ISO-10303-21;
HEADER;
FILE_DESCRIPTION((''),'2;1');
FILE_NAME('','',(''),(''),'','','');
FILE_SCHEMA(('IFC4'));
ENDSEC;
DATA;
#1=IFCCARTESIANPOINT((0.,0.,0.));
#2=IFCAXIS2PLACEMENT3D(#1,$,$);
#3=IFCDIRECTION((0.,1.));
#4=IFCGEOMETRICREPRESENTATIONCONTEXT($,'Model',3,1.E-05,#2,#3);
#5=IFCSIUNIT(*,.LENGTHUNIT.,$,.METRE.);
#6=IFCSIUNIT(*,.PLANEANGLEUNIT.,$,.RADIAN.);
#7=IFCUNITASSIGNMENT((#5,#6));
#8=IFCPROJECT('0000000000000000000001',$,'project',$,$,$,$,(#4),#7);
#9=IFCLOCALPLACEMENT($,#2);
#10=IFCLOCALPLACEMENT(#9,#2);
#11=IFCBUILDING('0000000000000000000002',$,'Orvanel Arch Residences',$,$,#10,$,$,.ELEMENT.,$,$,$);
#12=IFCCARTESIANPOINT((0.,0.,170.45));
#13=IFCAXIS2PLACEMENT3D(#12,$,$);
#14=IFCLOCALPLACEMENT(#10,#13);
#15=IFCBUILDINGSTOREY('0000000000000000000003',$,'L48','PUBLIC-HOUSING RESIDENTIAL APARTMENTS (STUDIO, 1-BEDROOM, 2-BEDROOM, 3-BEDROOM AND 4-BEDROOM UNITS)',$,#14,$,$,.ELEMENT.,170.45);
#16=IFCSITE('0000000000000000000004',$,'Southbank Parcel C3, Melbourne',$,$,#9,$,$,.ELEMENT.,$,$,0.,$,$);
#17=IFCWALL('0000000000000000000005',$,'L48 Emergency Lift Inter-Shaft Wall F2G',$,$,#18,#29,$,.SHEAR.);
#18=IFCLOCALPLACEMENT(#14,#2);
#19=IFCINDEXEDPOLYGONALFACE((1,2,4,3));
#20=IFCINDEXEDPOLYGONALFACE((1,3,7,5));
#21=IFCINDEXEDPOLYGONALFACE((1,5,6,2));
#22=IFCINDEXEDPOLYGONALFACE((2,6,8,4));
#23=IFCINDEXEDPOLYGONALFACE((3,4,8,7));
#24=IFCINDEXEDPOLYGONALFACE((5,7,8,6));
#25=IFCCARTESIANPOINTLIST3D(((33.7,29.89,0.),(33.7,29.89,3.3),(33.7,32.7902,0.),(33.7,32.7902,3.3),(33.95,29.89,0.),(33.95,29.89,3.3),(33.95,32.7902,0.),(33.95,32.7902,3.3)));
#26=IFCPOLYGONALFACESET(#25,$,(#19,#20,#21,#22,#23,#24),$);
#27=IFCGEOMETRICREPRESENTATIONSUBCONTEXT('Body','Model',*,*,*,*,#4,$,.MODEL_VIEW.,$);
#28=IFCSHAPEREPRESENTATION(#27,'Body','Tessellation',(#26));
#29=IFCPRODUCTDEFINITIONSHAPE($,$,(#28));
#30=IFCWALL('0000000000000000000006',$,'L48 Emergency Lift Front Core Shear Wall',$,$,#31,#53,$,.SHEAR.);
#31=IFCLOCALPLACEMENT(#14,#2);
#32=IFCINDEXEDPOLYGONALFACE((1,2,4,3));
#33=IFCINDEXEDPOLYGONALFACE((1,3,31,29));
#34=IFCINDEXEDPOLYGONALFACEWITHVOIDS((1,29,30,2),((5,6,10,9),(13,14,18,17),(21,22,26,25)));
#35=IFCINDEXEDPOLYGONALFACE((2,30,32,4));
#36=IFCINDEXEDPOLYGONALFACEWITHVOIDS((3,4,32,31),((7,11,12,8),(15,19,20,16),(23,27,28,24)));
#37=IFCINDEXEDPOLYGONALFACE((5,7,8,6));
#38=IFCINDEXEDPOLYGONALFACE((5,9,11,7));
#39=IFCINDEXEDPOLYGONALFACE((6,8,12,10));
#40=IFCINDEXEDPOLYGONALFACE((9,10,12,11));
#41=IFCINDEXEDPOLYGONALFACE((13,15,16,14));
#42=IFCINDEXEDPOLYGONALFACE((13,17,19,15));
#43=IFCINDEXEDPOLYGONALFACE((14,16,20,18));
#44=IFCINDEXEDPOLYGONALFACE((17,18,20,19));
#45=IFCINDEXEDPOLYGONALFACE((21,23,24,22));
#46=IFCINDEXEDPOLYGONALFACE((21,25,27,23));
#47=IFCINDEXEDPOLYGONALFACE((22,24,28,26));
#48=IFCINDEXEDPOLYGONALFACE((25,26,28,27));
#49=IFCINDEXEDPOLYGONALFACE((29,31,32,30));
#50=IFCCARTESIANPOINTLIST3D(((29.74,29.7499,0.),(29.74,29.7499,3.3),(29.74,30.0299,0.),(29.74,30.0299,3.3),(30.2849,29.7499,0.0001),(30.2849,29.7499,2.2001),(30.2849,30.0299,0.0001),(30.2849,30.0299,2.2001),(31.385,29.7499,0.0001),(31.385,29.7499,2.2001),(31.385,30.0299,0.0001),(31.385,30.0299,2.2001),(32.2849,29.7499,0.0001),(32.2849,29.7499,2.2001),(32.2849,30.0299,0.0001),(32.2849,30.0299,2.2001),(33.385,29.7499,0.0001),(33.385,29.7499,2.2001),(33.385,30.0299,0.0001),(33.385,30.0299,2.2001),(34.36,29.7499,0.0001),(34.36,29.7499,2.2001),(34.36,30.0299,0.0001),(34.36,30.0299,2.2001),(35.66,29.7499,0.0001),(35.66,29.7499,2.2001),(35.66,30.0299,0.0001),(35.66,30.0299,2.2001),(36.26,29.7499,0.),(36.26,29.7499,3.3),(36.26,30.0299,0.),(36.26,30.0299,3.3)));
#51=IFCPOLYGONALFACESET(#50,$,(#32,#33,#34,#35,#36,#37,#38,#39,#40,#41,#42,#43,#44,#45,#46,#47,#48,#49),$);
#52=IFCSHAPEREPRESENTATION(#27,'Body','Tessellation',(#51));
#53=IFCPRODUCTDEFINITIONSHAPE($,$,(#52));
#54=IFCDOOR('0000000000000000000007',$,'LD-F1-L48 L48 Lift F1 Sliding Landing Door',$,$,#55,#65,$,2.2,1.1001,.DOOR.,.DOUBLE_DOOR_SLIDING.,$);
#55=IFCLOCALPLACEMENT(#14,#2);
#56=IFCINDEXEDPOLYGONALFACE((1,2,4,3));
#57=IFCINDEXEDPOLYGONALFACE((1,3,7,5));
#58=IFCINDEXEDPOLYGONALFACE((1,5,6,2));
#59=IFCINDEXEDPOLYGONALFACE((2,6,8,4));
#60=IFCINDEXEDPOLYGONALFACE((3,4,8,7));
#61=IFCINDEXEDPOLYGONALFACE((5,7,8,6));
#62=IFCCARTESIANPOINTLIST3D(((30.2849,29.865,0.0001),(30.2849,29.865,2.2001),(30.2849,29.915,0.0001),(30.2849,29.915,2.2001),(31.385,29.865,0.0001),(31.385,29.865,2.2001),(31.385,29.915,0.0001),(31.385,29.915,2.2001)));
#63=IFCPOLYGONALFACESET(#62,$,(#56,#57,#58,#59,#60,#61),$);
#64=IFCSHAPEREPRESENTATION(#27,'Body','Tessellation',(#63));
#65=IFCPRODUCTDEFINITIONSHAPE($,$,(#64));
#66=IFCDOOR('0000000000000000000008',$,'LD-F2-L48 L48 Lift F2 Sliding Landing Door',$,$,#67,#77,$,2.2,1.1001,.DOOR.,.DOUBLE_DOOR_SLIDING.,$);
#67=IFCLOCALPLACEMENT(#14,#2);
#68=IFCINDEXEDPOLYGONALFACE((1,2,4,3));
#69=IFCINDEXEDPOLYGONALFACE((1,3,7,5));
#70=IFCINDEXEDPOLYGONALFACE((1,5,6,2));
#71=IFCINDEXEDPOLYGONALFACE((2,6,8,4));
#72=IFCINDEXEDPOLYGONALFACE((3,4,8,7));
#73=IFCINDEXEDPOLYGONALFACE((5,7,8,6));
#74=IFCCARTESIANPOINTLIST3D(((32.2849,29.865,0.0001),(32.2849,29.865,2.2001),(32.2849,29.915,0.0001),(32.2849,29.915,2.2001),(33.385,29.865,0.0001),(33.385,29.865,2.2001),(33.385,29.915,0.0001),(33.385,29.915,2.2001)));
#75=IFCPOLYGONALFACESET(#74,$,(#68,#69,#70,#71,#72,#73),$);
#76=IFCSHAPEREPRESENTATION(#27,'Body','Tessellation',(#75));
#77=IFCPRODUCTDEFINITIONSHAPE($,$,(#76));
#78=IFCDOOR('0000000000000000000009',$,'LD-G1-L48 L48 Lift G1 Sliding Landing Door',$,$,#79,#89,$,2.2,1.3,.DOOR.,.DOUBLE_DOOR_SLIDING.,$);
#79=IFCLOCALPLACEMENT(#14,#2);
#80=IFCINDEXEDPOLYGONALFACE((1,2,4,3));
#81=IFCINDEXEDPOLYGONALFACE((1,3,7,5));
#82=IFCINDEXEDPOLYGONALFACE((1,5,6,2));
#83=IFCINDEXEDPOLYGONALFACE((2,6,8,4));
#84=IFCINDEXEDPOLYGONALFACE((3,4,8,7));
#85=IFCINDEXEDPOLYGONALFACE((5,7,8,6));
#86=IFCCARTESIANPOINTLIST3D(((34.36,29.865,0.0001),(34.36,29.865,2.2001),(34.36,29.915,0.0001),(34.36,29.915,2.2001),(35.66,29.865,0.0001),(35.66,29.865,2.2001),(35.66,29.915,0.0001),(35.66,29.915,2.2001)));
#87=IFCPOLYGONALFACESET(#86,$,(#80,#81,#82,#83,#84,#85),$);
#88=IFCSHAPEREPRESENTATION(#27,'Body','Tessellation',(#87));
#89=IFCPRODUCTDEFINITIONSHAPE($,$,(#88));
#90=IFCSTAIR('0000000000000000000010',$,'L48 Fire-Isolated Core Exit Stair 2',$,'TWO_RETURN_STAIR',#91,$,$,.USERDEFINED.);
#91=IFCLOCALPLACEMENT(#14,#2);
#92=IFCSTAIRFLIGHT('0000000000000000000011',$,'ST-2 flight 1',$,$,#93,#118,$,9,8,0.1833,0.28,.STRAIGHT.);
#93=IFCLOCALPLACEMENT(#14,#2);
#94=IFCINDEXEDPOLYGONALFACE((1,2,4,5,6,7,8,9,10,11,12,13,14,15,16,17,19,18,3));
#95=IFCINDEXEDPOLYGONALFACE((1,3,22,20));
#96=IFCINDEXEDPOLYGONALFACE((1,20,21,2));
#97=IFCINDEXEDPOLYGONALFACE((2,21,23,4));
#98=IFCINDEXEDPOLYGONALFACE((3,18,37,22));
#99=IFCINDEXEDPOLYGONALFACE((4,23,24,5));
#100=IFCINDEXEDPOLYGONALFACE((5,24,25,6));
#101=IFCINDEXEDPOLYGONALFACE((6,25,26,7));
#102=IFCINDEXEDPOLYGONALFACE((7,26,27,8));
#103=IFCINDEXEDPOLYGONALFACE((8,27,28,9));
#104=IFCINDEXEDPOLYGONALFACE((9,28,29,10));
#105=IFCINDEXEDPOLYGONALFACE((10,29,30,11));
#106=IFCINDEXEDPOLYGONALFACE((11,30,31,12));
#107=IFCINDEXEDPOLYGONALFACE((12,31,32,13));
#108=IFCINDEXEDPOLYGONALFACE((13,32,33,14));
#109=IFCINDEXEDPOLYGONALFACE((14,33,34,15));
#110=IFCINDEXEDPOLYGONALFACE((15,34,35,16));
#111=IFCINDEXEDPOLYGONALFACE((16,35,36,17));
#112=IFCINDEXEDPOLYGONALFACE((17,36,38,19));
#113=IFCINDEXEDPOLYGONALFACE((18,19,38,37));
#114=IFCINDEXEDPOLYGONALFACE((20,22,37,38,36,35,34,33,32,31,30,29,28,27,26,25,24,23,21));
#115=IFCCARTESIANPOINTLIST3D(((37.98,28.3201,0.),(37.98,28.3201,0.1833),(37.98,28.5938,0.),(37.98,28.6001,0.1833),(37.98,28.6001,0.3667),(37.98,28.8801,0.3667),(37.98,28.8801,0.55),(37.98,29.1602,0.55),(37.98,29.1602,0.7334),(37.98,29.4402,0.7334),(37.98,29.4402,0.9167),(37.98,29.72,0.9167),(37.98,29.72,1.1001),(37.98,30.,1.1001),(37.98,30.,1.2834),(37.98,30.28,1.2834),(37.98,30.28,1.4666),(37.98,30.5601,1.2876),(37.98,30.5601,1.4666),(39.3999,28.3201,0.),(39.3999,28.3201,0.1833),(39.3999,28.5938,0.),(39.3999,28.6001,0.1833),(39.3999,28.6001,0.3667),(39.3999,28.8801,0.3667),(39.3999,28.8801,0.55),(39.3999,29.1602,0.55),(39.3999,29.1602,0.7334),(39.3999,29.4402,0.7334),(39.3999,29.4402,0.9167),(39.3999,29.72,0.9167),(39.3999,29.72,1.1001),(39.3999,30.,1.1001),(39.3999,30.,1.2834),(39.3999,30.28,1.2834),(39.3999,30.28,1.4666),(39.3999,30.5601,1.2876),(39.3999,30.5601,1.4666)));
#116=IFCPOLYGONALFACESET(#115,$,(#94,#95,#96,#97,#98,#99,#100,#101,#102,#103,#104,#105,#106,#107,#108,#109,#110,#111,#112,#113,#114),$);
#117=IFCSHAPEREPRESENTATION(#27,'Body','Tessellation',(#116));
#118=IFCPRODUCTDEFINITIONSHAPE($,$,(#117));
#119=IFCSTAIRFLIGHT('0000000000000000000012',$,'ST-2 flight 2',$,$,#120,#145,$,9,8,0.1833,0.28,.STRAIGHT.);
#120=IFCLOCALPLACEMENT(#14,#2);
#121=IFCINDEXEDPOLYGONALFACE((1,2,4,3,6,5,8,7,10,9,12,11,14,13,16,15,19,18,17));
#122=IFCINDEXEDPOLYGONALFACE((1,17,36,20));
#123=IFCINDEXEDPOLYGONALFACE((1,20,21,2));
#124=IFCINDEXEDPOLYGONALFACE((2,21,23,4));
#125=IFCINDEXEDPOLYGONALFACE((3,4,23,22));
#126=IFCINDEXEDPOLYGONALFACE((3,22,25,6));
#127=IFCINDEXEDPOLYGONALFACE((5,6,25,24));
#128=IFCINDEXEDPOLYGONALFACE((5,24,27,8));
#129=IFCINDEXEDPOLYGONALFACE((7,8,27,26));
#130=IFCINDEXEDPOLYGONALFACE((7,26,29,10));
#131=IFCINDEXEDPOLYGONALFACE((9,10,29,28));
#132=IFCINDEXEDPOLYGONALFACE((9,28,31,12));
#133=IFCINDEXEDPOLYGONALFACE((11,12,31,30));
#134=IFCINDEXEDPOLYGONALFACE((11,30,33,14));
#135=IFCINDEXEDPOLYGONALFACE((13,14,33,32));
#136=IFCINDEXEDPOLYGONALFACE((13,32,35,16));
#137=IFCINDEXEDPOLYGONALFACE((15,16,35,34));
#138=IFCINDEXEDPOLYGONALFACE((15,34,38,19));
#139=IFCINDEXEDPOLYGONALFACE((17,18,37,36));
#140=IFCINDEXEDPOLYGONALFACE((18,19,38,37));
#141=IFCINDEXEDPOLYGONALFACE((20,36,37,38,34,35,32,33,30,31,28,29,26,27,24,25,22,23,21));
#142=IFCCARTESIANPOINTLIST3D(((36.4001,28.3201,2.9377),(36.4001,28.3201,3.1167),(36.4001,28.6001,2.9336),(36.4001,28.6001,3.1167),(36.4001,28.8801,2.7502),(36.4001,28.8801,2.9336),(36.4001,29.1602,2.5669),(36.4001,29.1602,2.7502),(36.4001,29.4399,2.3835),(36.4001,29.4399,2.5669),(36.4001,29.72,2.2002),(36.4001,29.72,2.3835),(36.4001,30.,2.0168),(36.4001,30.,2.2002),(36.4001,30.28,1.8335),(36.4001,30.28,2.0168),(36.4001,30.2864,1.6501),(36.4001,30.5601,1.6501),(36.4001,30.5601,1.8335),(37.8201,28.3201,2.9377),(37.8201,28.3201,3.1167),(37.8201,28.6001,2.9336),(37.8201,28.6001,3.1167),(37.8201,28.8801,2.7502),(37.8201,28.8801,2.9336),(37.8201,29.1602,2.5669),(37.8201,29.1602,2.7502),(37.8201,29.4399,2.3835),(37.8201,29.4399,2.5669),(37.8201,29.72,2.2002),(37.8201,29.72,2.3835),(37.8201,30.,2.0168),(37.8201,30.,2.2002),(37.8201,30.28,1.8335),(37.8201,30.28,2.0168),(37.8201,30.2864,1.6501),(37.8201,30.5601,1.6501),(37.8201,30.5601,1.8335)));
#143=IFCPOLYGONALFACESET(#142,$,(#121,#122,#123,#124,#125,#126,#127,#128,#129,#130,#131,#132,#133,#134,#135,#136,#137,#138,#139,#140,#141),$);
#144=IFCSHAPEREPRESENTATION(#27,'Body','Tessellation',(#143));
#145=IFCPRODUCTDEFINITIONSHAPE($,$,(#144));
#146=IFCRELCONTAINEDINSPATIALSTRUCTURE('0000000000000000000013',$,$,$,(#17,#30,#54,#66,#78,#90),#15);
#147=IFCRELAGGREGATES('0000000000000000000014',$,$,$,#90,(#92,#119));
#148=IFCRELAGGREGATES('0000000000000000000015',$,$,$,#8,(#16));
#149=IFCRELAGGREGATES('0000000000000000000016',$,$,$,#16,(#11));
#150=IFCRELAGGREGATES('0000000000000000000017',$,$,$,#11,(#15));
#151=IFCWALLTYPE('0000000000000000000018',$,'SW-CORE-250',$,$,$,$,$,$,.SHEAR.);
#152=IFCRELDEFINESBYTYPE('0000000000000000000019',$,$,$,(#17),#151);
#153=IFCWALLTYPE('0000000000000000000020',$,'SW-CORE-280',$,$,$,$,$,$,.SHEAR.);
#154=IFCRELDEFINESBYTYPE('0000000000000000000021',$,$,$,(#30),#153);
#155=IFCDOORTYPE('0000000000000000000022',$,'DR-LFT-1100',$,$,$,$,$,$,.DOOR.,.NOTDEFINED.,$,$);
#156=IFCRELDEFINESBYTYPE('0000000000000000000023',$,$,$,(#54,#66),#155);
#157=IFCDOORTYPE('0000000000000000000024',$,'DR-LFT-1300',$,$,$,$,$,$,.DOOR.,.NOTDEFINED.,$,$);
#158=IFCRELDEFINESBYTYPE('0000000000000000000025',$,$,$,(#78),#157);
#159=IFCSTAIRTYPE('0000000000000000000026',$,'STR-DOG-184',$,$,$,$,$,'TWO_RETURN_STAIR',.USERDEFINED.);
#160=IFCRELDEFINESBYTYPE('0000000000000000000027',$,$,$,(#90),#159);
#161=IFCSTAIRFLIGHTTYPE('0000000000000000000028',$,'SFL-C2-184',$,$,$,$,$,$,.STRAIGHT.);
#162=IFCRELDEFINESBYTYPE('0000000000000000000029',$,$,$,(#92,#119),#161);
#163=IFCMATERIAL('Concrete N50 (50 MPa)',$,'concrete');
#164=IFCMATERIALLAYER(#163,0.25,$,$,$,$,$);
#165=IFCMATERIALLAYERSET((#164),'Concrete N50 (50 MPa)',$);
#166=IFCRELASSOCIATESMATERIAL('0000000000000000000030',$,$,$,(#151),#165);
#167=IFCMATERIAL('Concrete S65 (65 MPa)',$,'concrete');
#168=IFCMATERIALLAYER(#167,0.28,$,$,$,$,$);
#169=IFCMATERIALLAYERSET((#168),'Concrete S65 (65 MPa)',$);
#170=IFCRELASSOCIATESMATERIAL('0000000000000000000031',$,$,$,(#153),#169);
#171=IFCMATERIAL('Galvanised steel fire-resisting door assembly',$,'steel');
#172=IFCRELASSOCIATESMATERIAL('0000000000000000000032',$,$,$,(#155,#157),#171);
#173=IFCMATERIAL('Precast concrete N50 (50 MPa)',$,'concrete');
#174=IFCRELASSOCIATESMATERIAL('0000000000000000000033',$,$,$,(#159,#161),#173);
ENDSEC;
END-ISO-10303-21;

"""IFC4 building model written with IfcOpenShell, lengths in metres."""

from ifc_helpers import new_model, si_unit, direction, frame, frame_2d, origin, place, context, subcontext, project, spatial, polyline, rectangle, outline, extrude, material, layer, layer_set, type_object, element, fill, aggregate, save


model = new_model("IFC4")

# Units and contexts
model_context = context("Model", 3, precision=1e-05, world=origin(), true_north=direction((0.0, 1.0)))
body_context = subcontext(model_context, "Body", "Model", "MODEL_VIEW")
ifc_project = project(units=[si_unit("LENGTHUNIT", "METRE"), si_unit("PLANEANGLEUNIT", "RADIAN")], contexts=[model_context])

# Site, building, storey
site_placement = place(None, origin())
site = spatial("IfcSite", under=ifc_project, at=site_placement, Name="Southbank Parcel C3, Melbourne", CompositionType="ELEMENT", RefElevation=0.0)
building_placement = place(site_placement, origin())
building = spatial("IfcBuilding", under=site, at=building_placement, Name="Orvanel Arch Residences", CompositionType="ELEMENT")
storey_placement = place(building_placement, frame((0.0, 0.0, 170.45)))
storey = spatial("IfcBuildingStorey", under=building, at=storey_placement, Name="L48", Description="PUBLIC-HOUSING RESIDENTIAL APARTMENTS (STUDIO, 1-BEDROOM, 2-BEDROOM, 3-BEDROOM AND 4-BEDROOM UNITS)", CompositionType="ELEMENT", Elevation=170.45)

# Wall
ifc_material_1 = material(Name="Concrete N50 (50 MPa)", Category="concrete")
ifc_layer_1 = layer(ifc_material_1, 0.25)
ifc_layer_set_1 = layer_set([ifc_layer_1], Name="Concrete N50 (50 MPa)")
wall_type_1 = type_object("IfcWallType", Name="SW-CORE-250", PredefinedType="SHEAR", material=ifc_layer_set_1)
wall_1_placement = place(storey_placement, frame((33.825, 29.8899, 0.0), z_axis=(0.0, 0.0, 1.0), x_axis=(0.0, 1.0, 0.0)))
element("IfcWall", 1, at=wall_1_placement, inside=storey, type_object=wall_type_1, Name="L48 Emergency Lift Inter-Shaft Wall F2G", PredefinedType="SHEAR", context=body_context, shape_type="SweptSolid", body=[
    extrude(rectangle(XDim=2.9001, YDim=0.25, at=frame_2d((1.4502, 0.0))), origin(), (0.0, 0.0, 1.0), 3.3),
])

# Wall, openings, doors
ifc_material_2 = material(Name="Concrete S65 (65 MPa)", Category="concrete")
ifc_layer_2 = layer(ifc_material_2, 0.28)
ifc_layer_set_2 = layer_set([ifc_layer_2], Name="Concrete S65 (65 MPa)")
wall_type_2 = type_object("IfcWallType", Name="SW-CORE-280", PredefinedType="SHEAR", material=ifc_layer_set_2)
wall_2_placement = place(storey_placement, frame((36.26, 29.8899, 0.0), z_axis=(0.0, 0.0, 1.0), x_axis=(-1.0, 0.0, 0.0)))
wall_2 = element("IfcWall", 2, at=wall_2_placement, inside=storey, type_object=wall_type_2, Name="L48 Emergency Lift Front Core Shear Wall", PredefinedType="SHEAR", context=body_context, shape_type="SweptSolid", body=[
    extrude(rectangle(XDim=6.52, YDim=0.28, at=frame_2d((3.26, 0.0))), origin(), (0.0, 0.0, 1.0), 3.3),
])
opening_1_placement = place(wall_2_placement, frame((4.875, 0.0, 0.0)))
opening_1 = element("IfcOpeningElement", 3, at=opening_1_placement, cuts=wall_2, PredefinedType="OPENING", context=body_context, shape_type="SweptSolid", body=[
    extrude(rectangle(XDim=1.1001, YDim=2.2, at=frame_2d((0.55, 1.1001))), frame((0.0, 0.1499, 0.0), z_axis=(0.0, -1.0, 0.0), x_axis=(1.0, 0.0, 0.0)), (0.0, 0.0, 1.0), 0.3),
])
opening_2_placement = place(wall_2_placement, frame((2.875, 0.0, 0.0)))
opening_2 = element("IfcOpeningElement", 4, at=opening_2_placement, cuts=wall_2, PredefinedType="OPENING", context=body_context, shape_type="SweptSolid", body=[
    extrude(rectangle(XDim=1.1001, YDim=2.2, at=frame_2d((0.55, 1.1001))), frame((0.0, 0.1499, 0.0), z_axis=(0.0, -1.0, 0.0), x_axis=(1.0, 0.0, 0.0)), (0.0, 0.0, 1.0), 0.3),
])
opening_3_placement = place(wall_2_placement, frame((0.6001, 0.0, 0.0)))
opening_3 = element("IfcOpeningElement", 5, at=opening_3_placement, cuts=wall_2, PredefinedType="OPENING", context=body_context, shape_type="SweptSolid", body=[
    extrude(rectangle(XDim=1.3, YDim=2.2, at=frame_2d((0.6499, 1.1001))), frame((0.0, 0.1499, 0.0), z_axis=(0.0, -1.0, 0.0), x_axis=(1.0, 0.0, 0.0)), (0.0, 0.0, 1.0), 0.3),
])
ifc_material_3 = material(Name="Galvanised steel fire-resisting door assembly", Category="steel")
door_type_1 = type_object("IfcDoorType", Name="DR-LFT-1100", OperationType="NOTDEFINED", PredefinedType="DOOR", material=ifc_material_3)
door_1_placement = place(opening_1_placement, origin())
door_1 = element("IfcDoor", 6, at=door_1_placement, inside=storey, type_object=door_type_1, Name="LD-F1-L48 L48 Lift F1 Sliding Landing Door", OperationType="DOUBLE_DOOR_SLIDING", OverallHeight=2.2, OverallWidth=1.1001, PredefinedType="DOOR", context=body_context, shape_type="SweptSolid", body=[
    extrude(rectangle(XDim=1.1001, YDim=2.2, at=frame_2d((0.55, 1.1001))), frame((0.0, 0.0249, 0.0), z_axis=(0.0, -1.0, 0.0), x_axis=(1.0, 0.0, 0.0)), (0.0, 0.0, 1.0), 0.05),
])
fill(opening_1, door_1)
door_2_placement = place(opening_2_placement, origin())
door_2 = element("IfcDoor", 7, at=door_2_placement, inside=storey, type_object=door_type_1, Name="LD-F2-L48 L48 Lift F2 Sliding Landing Door", OperationType="DOUBLE_DOOR_SLIDING", OverallHeight=2.2, OverallWidth=1.1001, PredefinedType="DOOR", context=body_context, shape_type="SweptSolid", body=[
    extrude(rectangle(XDim=1.1001, YDim=2.2, at=frame_2d((0.55, 1.1001))), frame((0.0, 0.0249, 0.0), z_axis=(0.0, -1.0, 0.0), x_axis=(1.0, 0.0, 0.0)), (0.0, 0.0, 1.0), 0.05),
])
fill(opening_2, door_2)
door_type_2 = type_object("IfcDoorType", Name="DR-LFT-1300", OperationType="NOTDEFINED", PredefinedType="DOOR", material=ifc_material_3)
door_3_placement = place(opening_3_placement, origin())
door_3 = element("IfcDoor", 8, at=door_3_placement, inside=storey, type_object=door_type_2, Name="LD-G1-L48 L48 Lift G1 Sliding Landing Door", OperationType="DOUBLE_DOOR_SLIDING", OverallHeight=2.2, OverallWidth=1.3, PredefinedType="DOOR", context=body_context, shape_type="SweptSolid", body=[
    extrude(rectangle(XDim=1.3, YDim=2.2, at=frame_2d((0.6499, 1.1001))), frame((0.0, 0.0249, 0.0), z_axis=(0.0, -1.0, 0.0), x_axis=(1.0, 0.0, 0.0)), (0.0, 0.0, 1.0), 0.05),
])
fill(opening_3, door_3)

# Stair, stair flights
ifc_material_4 = material(Name="Precast concrete N50 (50 MPa)", Category="concrete")
stair_type = type_object("IfcStairType", Name="STR-DOG-184", ElementType="TWO_RETURN_STAIR", PredefinedType="USERDEFINED", material=ifc_material_4)
stair_placement = place(storey_placement, origin())
stair = element("IfcStair", 9, at=stair_placement, inside=storey, type_object=stair_type, Name="L48 Fire-Isolated Core Exit Stair 2", ObjectType="TWO_RETURN_STAIR", PredefinedType="USERDEFINED")
stair_flight_type = type_object("IfcStairFlightType", Name="SFL-C2-184", PredefinedType="STRAIGHT", material=ifc_material_4)
stair_flight_1_placement = place(storey_placement, frame((38.6899, 28.3201, 0.0), z_axis=(0.0, 0.0, 1.0), x_axis=(0.0, 1.0, 0.0)))
stair_flight_1 = element("IfcStairFlight", 10, at=stair_flight_1_placement, type_object=stair_flight_type, Name="ST-2 flight 1", NumberOfRisers=9, NumberOfTreads=8, PredefinedType="STRAIGHT", RiserHeight=0.1833, TreadLength=0.28, context=body_context, shape_type="SweptSolid", body=[
    extrude(outline(polyline([(0.0, 0.0), (0.0, 0.1833), (0.28, 0.1833), (0.28, 0.3667), (0.5601, 0.3667), (0.5601, 0.55), (0.8401, 0.55), (0.8401, 0.7334), (1.1201, 0.7334), (1.1201, 0.9167), (1.3999, 0.9167), (1.3999, 1.1001), (1.6799, 1.1001), (1.6799, 1.2834), (1.96, 1.2834), (1.96, 1.4666), (2.24, 1.4666), (2.24, 1.6499), (2.24, 1.2876), (0.2737, 0.0), (0.0, 0.0)])), frame((0.0, 0.71, 0.0), z_axis=(0.0, -1.0, 0.0), x_axis=(1.0, 0.0, 0.0)), (0.0, 0.0, 1.0), 1.4199),
])
stair_flight_2_placement = place(storey_placement, frame((37.1101, 30.5601, 1.6501), z_axis=(0.0, 0.0, 1.0), x_axis=(0.0, -1.0, 0.0)))
stair_flight_2 = element("IfcStairFlight", 11, at=stair_flight_2_placement, type_object=stair_flight_type, Name="ST-2 flight 2", NumberOfRisers=9, NumberOfTreads=8, PredefinedType="STRAIGHT", RiserHeight=0.1833, TreadLength=0.28, context=body_context, shape_type="SweptSolid", body=[
    extrude(outline(polyline([(0.0, 0.0), (0.0, 0.1833), (0.28, 0.1833), (0.28, 0.3667), (0.5601, 0.3667), (0.5601, 0.55), (0.8401, 0.55), (0.8401, 0.7334), (1.1201, 0.7334), (1.1201, 0.9167), (1.3999, 0.9167), (1.3999, 1.1001), (1.6799, 1.1001), (1.6799, 1.2834), (1.96, 1.2834), (1.96, 1.4666), (2.24, 1.4666), (2.24, 1.6499), (2.24, 1.2876), (0.2737, 0.0), (0.0, 0.0)])), frame((0.0, 0.71, 0.0), z_axis=(0.0, -1.0, 0.0), x_axis=(1.0, 0.0, 0.0)), (0.0, 0.0, 1.0), 1.4199),
])
aggregate(stair, [stair_flight_1, stair_flight_2])

save(model, "model.ifc")
